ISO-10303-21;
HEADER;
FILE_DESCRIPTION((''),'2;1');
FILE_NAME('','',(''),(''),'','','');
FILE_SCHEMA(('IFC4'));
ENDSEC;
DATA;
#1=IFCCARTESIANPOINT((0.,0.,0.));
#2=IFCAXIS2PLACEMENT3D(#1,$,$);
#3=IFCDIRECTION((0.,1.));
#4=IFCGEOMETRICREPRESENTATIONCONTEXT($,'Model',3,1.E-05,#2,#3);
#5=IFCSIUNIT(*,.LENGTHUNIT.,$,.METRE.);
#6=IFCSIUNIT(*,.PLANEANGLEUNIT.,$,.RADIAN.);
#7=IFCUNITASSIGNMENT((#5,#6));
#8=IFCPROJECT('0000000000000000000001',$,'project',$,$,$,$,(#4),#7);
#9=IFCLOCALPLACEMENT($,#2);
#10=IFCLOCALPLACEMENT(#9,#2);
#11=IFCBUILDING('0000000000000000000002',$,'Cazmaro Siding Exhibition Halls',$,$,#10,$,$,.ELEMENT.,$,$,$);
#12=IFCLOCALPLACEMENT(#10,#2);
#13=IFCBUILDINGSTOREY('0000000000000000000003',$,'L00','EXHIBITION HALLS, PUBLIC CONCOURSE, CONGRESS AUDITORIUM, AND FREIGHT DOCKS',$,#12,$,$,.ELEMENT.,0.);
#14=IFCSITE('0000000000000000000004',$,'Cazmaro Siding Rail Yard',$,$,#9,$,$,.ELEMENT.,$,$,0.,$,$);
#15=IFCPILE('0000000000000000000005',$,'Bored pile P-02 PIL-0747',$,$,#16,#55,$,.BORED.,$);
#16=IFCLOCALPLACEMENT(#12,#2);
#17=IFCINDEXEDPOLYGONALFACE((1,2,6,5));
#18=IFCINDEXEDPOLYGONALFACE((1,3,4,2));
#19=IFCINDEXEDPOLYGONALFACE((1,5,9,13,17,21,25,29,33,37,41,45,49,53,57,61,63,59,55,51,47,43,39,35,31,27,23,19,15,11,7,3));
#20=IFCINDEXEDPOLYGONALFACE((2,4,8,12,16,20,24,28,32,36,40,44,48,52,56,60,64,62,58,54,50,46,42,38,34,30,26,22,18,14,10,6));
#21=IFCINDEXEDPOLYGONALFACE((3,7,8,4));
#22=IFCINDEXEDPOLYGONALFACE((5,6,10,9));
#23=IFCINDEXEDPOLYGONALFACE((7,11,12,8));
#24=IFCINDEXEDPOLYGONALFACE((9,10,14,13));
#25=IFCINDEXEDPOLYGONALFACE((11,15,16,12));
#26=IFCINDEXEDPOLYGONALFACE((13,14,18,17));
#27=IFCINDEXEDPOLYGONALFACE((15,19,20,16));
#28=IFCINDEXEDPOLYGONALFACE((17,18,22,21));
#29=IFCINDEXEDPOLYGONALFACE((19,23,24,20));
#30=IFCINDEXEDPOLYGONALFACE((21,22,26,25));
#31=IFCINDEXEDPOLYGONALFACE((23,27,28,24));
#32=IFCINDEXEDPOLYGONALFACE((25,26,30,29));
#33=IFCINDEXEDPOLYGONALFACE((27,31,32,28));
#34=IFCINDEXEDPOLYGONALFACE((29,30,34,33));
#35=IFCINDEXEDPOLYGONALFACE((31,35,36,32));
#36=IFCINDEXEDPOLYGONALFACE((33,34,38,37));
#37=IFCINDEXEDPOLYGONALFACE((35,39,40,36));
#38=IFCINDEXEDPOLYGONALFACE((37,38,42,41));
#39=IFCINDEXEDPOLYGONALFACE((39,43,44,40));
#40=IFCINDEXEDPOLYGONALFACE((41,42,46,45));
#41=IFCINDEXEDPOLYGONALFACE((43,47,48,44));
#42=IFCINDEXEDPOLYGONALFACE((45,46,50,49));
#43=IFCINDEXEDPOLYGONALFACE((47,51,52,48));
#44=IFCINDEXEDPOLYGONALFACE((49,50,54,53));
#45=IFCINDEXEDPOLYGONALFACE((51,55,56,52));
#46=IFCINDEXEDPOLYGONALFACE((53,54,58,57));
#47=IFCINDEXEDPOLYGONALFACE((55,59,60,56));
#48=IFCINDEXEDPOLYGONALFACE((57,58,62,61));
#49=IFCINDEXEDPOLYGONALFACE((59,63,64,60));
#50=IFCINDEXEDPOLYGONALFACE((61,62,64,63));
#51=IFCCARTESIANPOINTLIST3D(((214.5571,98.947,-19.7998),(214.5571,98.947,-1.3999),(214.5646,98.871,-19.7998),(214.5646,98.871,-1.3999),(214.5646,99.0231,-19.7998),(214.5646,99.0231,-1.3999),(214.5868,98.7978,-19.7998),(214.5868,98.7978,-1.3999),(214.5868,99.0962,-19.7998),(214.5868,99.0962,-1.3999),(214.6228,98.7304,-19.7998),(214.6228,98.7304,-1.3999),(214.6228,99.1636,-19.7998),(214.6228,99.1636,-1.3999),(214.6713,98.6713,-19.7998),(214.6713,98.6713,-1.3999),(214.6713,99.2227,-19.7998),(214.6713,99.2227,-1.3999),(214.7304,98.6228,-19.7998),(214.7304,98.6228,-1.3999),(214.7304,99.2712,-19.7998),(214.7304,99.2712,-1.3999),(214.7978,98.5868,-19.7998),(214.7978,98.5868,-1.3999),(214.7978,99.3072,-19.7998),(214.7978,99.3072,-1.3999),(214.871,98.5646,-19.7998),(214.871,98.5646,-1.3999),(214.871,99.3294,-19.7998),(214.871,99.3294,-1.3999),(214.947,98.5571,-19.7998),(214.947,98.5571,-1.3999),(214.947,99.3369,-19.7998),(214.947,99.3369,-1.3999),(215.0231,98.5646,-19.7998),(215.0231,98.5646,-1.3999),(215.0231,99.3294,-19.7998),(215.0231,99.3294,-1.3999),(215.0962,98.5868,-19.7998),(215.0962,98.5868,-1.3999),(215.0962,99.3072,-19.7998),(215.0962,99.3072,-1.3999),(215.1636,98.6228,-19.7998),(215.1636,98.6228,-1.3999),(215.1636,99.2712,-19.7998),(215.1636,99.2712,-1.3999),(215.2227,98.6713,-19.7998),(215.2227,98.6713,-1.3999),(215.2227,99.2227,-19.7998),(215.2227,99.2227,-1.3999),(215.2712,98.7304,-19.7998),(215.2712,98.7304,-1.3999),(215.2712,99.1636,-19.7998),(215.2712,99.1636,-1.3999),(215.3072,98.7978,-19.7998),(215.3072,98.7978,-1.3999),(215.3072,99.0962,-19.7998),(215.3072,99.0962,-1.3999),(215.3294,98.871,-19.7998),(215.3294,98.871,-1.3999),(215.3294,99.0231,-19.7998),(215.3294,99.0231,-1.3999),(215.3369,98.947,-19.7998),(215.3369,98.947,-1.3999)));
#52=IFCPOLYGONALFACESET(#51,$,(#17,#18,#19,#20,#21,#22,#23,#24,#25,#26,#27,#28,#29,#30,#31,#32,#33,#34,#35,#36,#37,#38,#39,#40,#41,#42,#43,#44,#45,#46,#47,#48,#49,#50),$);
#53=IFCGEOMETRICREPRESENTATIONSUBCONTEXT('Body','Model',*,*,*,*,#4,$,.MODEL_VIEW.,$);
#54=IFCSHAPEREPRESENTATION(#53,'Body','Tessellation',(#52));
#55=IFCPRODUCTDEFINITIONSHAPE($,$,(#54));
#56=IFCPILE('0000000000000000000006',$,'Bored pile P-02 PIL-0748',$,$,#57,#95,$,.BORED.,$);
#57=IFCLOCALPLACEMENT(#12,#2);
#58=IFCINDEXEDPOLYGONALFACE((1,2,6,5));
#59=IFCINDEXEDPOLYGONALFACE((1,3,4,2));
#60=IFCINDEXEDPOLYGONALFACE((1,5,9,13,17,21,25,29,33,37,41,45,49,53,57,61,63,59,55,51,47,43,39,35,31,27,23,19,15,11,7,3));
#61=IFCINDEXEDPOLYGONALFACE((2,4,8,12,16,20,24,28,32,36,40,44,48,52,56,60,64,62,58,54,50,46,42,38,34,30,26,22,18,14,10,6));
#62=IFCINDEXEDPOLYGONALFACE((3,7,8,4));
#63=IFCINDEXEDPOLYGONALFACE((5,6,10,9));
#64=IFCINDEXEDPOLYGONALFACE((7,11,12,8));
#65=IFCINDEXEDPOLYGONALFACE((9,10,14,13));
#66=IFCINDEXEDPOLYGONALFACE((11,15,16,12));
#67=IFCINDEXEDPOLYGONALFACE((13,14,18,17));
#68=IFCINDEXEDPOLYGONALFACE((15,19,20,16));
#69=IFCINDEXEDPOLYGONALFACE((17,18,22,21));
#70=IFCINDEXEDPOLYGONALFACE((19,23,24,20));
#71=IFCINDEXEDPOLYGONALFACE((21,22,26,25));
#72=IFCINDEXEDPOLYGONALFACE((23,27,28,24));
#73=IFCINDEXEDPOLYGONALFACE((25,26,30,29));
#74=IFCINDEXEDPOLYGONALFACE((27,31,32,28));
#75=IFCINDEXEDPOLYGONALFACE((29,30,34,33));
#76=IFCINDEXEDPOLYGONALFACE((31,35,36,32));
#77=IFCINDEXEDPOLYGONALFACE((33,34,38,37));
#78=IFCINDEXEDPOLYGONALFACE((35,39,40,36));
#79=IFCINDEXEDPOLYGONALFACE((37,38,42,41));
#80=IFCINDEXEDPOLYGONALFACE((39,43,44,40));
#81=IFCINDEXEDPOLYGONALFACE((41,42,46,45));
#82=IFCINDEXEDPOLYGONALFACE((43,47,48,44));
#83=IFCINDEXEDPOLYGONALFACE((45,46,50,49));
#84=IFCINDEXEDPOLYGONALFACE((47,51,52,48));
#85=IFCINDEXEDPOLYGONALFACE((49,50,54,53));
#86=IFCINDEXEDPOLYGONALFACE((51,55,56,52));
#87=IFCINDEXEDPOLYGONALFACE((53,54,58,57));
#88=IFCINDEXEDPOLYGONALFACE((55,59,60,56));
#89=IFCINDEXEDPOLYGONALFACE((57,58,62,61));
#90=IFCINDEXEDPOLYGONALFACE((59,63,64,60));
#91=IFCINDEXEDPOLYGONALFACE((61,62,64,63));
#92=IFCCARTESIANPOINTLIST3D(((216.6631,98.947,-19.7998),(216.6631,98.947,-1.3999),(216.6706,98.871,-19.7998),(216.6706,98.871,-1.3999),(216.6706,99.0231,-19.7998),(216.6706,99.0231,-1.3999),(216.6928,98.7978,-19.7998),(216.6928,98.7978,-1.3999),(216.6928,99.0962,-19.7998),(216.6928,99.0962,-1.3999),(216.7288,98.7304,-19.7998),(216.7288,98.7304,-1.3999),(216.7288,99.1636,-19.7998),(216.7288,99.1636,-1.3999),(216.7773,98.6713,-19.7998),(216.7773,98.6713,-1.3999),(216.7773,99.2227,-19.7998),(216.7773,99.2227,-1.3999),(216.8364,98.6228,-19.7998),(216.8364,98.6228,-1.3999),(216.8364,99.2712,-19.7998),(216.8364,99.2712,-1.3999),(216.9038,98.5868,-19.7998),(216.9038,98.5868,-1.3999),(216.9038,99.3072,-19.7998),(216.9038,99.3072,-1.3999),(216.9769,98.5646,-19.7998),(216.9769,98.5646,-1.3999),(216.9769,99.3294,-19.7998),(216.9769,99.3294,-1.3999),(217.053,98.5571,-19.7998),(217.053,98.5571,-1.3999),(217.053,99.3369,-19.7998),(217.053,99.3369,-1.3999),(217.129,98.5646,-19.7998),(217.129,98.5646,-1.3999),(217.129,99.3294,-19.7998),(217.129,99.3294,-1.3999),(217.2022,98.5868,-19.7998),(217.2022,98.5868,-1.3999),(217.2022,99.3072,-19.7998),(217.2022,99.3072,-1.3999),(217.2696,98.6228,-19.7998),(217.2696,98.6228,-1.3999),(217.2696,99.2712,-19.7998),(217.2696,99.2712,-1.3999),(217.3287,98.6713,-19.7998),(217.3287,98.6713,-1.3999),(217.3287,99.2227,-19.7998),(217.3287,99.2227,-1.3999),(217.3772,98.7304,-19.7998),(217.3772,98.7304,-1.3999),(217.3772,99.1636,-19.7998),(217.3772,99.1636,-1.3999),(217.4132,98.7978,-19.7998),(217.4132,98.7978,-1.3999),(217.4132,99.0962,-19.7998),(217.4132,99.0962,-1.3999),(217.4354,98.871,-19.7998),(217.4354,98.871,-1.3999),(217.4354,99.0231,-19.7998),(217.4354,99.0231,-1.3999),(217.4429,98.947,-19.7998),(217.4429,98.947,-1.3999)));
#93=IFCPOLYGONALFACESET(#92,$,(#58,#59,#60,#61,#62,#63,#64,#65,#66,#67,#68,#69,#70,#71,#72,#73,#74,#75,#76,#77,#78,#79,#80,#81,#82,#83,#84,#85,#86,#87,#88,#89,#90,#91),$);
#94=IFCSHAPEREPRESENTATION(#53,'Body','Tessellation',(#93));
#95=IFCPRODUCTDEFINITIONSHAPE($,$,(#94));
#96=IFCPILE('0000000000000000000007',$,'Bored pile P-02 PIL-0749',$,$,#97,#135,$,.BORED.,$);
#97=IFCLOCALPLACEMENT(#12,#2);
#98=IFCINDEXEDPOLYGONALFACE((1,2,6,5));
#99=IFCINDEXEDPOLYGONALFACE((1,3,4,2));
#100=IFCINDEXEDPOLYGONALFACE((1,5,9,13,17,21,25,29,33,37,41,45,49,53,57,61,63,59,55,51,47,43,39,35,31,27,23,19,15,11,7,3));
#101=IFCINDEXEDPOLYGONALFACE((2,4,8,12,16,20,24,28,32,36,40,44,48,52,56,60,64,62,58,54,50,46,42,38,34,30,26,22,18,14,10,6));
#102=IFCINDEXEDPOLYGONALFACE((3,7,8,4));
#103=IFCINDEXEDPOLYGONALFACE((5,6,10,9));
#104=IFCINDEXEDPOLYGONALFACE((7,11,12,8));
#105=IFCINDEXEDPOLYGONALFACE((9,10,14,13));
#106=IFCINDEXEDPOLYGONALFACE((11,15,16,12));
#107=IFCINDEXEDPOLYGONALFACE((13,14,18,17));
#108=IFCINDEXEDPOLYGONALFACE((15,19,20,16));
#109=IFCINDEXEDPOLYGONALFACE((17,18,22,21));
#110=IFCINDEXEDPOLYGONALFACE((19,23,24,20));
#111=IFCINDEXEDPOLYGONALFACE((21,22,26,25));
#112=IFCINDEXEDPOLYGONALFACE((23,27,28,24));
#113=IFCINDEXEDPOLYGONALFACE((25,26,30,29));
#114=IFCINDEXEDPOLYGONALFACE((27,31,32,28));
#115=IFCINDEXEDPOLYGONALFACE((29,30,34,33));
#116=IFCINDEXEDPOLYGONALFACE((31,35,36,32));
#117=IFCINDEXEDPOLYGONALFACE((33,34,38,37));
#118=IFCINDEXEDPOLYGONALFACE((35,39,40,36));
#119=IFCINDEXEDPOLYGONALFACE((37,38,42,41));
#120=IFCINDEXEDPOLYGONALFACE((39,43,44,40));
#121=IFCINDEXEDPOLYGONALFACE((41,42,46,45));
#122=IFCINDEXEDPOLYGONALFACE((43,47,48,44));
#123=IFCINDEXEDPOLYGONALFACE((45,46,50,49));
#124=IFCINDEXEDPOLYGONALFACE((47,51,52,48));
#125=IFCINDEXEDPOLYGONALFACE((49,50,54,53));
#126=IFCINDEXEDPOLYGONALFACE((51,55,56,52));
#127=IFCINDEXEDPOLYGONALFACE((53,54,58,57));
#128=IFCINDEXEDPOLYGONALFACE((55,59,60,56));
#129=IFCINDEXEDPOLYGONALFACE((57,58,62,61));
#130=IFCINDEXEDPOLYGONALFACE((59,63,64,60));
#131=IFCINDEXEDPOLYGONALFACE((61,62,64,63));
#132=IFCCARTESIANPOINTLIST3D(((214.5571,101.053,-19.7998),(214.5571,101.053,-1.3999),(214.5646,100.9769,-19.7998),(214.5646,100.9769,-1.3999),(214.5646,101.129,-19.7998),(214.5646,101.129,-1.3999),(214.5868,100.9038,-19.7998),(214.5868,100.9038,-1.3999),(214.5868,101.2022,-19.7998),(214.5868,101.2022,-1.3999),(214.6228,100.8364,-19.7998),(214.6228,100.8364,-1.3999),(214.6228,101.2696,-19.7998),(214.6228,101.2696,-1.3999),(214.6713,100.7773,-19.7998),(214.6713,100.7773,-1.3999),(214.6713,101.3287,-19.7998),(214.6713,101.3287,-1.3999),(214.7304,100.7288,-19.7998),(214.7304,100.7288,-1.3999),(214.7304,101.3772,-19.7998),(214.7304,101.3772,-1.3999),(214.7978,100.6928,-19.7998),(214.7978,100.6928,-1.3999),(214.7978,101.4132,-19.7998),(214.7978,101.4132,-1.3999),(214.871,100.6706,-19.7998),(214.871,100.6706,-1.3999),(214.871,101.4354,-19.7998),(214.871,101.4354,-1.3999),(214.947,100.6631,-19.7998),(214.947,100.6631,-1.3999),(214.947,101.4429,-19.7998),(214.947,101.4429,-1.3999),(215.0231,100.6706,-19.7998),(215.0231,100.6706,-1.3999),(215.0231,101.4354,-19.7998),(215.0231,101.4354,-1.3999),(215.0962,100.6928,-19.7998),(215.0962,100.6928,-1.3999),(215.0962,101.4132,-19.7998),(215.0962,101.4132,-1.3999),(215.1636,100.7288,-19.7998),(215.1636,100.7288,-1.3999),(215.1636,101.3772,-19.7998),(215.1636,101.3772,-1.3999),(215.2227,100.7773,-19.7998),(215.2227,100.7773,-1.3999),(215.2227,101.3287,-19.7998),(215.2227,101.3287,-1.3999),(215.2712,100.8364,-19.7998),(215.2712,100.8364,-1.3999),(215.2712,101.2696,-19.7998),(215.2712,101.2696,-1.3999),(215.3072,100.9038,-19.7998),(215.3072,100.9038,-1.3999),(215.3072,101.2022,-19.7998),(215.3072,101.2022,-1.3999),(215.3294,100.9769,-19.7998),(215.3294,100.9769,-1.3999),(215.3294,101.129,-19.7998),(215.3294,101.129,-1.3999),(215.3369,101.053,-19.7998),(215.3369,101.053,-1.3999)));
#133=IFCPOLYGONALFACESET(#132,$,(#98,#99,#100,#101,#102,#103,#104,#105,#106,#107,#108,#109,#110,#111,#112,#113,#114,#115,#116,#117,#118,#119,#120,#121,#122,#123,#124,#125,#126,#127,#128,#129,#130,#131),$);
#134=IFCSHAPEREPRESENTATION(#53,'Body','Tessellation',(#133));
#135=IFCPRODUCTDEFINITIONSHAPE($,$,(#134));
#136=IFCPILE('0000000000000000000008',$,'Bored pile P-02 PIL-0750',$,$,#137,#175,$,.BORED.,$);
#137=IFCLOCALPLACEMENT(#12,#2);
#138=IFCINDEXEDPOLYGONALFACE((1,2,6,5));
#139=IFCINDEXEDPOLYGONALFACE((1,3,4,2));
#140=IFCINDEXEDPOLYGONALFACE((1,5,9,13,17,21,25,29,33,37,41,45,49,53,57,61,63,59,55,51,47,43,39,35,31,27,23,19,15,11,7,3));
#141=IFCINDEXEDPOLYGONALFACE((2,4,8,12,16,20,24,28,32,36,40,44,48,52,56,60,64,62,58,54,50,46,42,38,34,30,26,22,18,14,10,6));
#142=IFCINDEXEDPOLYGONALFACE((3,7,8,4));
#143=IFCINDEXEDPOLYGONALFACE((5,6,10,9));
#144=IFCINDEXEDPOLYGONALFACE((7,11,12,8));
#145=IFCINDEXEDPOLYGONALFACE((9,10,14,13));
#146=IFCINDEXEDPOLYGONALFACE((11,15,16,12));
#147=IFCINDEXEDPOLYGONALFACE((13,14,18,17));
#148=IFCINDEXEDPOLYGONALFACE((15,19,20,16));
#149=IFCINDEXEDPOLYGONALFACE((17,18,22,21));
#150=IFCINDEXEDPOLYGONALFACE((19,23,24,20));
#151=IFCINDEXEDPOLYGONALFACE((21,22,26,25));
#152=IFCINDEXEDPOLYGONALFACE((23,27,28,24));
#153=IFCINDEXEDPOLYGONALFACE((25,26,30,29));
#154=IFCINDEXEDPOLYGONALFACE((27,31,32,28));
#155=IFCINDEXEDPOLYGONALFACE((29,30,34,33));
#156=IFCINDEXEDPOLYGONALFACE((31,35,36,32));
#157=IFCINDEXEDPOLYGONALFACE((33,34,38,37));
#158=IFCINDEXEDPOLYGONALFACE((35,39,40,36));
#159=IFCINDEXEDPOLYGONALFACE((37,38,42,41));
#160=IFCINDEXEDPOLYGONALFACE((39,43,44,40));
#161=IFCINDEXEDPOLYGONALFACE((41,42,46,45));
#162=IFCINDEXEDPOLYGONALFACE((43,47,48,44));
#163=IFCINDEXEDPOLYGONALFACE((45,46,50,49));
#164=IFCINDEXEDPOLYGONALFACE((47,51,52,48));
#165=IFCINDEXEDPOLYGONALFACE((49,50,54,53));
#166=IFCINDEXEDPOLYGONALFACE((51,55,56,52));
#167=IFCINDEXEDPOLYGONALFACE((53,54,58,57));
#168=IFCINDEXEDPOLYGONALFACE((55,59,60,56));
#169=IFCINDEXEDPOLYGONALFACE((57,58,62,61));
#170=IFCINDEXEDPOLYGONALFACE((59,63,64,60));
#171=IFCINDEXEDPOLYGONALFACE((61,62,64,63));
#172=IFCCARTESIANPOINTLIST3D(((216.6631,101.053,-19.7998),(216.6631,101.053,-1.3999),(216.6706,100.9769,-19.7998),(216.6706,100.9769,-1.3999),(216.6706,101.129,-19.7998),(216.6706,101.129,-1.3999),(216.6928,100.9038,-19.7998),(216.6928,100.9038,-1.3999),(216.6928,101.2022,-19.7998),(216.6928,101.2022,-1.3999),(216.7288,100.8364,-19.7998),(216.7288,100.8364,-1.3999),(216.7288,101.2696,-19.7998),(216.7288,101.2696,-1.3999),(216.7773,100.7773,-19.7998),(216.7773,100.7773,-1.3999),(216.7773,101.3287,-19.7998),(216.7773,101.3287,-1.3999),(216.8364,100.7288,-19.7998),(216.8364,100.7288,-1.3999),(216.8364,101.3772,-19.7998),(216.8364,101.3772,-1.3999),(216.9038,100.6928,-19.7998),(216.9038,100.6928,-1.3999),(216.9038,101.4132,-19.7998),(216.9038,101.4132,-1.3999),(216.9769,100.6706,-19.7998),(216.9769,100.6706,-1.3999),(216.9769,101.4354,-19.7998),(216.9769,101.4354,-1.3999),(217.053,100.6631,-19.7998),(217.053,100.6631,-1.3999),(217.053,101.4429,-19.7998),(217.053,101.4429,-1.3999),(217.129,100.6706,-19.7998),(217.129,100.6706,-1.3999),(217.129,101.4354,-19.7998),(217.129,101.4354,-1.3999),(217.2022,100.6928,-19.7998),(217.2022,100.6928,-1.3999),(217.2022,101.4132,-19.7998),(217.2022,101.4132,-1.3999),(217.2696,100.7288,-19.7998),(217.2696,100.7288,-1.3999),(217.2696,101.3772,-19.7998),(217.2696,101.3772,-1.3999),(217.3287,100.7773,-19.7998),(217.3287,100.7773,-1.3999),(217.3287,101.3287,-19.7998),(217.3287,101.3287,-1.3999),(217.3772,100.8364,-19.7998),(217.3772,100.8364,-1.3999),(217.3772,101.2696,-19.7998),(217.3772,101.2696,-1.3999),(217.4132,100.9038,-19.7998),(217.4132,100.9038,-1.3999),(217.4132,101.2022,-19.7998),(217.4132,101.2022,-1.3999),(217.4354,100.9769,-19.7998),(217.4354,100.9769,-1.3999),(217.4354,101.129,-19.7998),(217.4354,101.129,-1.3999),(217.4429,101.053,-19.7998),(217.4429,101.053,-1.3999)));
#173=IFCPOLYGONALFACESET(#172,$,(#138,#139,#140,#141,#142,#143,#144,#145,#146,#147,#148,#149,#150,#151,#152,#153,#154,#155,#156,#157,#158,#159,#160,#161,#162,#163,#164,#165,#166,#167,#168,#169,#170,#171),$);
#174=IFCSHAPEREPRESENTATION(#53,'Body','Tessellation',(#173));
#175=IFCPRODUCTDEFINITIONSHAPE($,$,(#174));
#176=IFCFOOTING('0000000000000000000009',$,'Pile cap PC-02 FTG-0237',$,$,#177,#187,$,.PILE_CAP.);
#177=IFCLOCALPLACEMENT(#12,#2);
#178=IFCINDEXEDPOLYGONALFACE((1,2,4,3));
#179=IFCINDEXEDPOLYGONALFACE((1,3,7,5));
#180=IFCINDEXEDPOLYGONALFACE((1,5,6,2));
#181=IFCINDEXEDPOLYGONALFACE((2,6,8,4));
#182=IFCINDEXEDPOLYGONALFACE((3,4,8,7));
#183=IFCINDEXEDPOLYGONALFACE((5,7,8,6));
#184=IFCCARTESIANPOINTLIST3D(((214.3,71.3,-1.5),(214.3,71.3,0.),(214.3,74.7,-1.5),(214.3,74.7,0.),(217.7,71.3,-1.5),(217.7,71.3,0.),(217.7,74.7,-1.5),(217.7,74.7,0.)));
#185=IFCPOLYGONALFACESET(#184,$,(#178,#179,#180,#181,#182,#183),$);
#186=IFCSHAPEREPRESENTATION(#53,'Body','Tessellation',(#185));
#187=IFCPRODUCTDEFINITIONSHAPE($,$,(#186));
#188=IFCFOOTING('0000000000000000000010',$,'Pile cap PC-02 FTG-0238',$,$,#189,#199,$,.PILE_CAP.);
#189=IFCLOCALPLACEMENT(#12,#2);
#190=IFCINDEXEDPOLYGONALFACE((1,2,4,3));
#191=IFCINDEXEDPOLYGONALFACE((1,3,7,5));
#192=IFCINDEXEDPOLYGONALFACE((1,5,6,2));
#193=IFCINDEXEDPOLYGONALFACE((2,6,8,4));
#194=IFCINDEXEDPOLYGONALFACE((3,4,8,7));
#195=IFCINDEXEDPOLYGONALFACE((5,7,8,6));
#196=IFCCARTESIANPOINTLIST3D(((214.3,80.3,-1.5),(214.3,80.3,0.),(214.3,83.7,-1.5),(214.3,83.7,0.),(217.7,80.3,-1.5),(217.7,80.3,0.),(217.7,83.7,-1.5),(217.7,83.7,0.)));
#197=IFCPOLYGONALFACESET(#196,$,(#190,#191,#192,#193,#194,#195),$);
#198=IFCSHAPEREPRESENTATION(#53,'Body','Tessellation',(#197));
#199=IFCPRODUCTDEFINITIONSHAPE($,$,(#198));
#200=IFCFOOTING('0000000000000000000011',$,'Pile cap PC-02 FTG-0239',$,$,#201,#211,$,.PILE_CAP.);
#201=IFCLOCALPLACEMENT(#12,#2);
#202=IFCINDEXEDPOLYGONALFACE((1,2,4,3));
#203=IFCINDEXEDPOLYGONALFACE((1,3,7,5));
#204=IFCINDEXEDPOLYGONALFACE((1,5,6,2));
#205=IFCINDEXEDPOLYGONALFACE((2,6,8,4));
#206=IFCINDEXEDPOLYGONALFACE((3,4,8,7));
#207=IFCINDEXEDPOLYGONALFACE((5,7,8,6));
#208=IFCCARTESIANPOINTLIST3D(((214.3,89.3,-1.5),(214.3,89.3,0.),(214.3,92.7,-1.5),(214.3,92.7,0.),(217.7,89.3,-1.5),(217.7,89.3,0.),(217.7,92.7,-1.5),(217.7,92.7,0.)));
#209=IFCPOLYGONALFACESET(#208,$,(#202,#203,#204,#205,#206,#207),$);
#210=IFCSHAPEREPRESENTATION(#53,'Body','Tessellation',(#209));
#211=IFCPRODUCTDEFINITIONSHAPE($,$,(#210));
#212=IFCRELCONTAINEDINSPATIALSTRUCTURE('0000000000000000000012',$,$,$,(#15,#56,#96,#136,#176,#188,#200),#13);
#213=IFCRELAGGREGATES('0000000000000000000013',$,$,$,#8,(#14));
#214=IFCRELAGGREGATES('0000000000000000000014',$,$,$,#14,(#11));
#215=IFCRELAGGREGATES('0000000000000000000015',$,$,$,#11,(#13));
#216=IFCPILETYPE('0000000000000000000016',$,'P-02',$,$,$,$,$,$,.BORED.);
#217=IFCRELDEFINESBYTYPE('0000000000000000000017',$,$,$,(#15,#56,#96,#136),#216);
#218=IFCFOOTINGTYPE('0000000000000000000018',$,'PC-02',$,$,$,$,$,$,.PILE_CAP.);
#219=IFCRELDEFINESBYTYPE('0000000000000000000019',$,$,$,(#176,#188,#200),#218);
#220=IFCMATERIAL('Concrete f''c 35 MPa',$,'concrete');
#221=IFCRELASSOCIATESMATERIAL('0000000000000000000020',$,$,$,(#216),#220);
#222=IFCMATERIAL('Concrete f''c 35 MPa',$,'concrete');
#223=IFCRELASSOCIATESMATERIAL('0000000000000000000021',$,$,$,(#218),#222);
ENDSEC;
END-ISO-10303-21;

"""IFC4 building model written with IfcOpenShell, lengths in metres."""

from ifc_helpers import new_model, si_unit, direction, frame, origin, origin_2d, place, context, subcontext, project, spatial, rectangle, circle, extrude, material, material_profile, profile_set, type_object, element, save


model = new_model("IFC4")

# Units and contexts
model_context = context("Model", 3, precision=1e-05, world=origin(), true_north=direction((0.0, 1.0)))
body_context = subcontext(model_context, "Body", "Model", "MODEL_VIEW")
ifc_project = project(units=[si_unit("LENGTHUNIT", "METRE"), si_unit("PLANEANGLEUNIT", "RADIAN")], contexts=[model_context])

# Site, building, storey
site_placement = place(None, origin())
site = spatial("IfcSite", under=ifc_project, at=site_placement, Name="Cazmaro Siding Rail Yard", CompositionType="ELEMENT", RefElevation=0.0)
building_placement = place(site_placement, origin())
building = spatial("IfcBuilding", under=site, at=building_placement, Name="Cazmaro Siding Exhibition Halls", CompositionType="ELEMENT")
storey_placement = place(building_placement, origin())
storey = spatial("IfcBuildingStorey", under=building, at=storey_placement, Name="L00", Description="EXHIBITION HALLS, PUBLIC CONCOURSE, CONGRESS AUDITORIUM, AND FREIGHT DOCKS", CompositionType="ELEMENT", Elevation=0.0)

# Piles
ifc_material_1 = material(Name="Concrete f'c 35 MPa", Category="concrete")
ifc_material_profile_1 = material_profile(ifc_material_1, circle(Radius=0.3899, at=origin_2d()), Name="CIDH-780")
ifc_profile_set_1 = profile_set([ifc_material_profile_1], Name="Concrete f'c 35 MPa")
pile_type = type_object("IfcPileType", Name="P-02", PredefinedType="BORED", material=ifc_profile_set_1)
for number, where, z_axis, x_axis, name in (
    (1, (214.947, 98.947, -1.3999), (0.0, 0.0, -1.0), (1.0, 0.0, 0.0), "Bored pile P-02 PIL-0747"),
    (2, (217.053, 98.947, -1.3999), (0.0, 0.0, -1.0), (1.0, 0.0, 0.0), "Bored pile P-02 PIL-0748"),
    (3, (214.947, 101.053, -1.3999), (0.0, 0.0, -1.0), (1.0, 0.0, 0.0), "Bored pile P-02 PIL-0749"),
    (4, (217.053, 101.053, -1.3999), (0.0, 0.0, -1.0), (1.0, 0.0, 0.0), "Bored pile P-02 PIL-0750"),
):
    element("IfcPile", number, at=place(storey_placement, frame(where, z_axis=z_axis, x_axis=x_axis)), inside=storey, type_object=pile_type, Name=name, PredefinedType="BORED", context=body_context, shape_type="SweptSolid", body=[
        extrude(circle(Radius=0.3899, at=origin_2d()), origin(), (0.0, 0.0, 1.0), 18.3999),
    ])

# Footings
ifc_material_2 = material(Name="Concrete f'c 35 MPa", Category="concrete")
footing_type = type_object("IfcFootingType", Name="PC-02", PredefinedType="PILE_CAP", material=ifc_material_2)
for number, where, z_axis, x_axis, name in (
    (5, (216.0, 73.0, -1.5), (0.0, 0.0, 1.0), (1.0, 0.0, 0.0), "Pile cap PC-02 FTG-0237"),
    (6, (216.0, 82.0, -1.5), (0.0, 0.0, 1.0), (1.0, 0.0, 0.0), "Pile cap PC-02 FTG-0238"),
    (7, (216.0, 91.0, -1.5), (0.0, 0.0, 1.0), (1.0, 0.0, 0.0), "Pile cap PC-02 FTG-0239"),
):
    element("IfcFooting", number, at=place(storey_placement, frame(where, z_axis=z_axis, x_axis=x_axis)), inside=storey, type_object=footing_type, Name=name, PredefinedType="PILE_CAP", context=body_context, shape_type="SweptSolid", body=[
        extrude(rectangle(XDim=3.3999, YDim=3.3999, at=origin_2d()), origin(), (0.0, 0.0, 1.0), 1.5),
    ])

save(model, "model.ifc")
